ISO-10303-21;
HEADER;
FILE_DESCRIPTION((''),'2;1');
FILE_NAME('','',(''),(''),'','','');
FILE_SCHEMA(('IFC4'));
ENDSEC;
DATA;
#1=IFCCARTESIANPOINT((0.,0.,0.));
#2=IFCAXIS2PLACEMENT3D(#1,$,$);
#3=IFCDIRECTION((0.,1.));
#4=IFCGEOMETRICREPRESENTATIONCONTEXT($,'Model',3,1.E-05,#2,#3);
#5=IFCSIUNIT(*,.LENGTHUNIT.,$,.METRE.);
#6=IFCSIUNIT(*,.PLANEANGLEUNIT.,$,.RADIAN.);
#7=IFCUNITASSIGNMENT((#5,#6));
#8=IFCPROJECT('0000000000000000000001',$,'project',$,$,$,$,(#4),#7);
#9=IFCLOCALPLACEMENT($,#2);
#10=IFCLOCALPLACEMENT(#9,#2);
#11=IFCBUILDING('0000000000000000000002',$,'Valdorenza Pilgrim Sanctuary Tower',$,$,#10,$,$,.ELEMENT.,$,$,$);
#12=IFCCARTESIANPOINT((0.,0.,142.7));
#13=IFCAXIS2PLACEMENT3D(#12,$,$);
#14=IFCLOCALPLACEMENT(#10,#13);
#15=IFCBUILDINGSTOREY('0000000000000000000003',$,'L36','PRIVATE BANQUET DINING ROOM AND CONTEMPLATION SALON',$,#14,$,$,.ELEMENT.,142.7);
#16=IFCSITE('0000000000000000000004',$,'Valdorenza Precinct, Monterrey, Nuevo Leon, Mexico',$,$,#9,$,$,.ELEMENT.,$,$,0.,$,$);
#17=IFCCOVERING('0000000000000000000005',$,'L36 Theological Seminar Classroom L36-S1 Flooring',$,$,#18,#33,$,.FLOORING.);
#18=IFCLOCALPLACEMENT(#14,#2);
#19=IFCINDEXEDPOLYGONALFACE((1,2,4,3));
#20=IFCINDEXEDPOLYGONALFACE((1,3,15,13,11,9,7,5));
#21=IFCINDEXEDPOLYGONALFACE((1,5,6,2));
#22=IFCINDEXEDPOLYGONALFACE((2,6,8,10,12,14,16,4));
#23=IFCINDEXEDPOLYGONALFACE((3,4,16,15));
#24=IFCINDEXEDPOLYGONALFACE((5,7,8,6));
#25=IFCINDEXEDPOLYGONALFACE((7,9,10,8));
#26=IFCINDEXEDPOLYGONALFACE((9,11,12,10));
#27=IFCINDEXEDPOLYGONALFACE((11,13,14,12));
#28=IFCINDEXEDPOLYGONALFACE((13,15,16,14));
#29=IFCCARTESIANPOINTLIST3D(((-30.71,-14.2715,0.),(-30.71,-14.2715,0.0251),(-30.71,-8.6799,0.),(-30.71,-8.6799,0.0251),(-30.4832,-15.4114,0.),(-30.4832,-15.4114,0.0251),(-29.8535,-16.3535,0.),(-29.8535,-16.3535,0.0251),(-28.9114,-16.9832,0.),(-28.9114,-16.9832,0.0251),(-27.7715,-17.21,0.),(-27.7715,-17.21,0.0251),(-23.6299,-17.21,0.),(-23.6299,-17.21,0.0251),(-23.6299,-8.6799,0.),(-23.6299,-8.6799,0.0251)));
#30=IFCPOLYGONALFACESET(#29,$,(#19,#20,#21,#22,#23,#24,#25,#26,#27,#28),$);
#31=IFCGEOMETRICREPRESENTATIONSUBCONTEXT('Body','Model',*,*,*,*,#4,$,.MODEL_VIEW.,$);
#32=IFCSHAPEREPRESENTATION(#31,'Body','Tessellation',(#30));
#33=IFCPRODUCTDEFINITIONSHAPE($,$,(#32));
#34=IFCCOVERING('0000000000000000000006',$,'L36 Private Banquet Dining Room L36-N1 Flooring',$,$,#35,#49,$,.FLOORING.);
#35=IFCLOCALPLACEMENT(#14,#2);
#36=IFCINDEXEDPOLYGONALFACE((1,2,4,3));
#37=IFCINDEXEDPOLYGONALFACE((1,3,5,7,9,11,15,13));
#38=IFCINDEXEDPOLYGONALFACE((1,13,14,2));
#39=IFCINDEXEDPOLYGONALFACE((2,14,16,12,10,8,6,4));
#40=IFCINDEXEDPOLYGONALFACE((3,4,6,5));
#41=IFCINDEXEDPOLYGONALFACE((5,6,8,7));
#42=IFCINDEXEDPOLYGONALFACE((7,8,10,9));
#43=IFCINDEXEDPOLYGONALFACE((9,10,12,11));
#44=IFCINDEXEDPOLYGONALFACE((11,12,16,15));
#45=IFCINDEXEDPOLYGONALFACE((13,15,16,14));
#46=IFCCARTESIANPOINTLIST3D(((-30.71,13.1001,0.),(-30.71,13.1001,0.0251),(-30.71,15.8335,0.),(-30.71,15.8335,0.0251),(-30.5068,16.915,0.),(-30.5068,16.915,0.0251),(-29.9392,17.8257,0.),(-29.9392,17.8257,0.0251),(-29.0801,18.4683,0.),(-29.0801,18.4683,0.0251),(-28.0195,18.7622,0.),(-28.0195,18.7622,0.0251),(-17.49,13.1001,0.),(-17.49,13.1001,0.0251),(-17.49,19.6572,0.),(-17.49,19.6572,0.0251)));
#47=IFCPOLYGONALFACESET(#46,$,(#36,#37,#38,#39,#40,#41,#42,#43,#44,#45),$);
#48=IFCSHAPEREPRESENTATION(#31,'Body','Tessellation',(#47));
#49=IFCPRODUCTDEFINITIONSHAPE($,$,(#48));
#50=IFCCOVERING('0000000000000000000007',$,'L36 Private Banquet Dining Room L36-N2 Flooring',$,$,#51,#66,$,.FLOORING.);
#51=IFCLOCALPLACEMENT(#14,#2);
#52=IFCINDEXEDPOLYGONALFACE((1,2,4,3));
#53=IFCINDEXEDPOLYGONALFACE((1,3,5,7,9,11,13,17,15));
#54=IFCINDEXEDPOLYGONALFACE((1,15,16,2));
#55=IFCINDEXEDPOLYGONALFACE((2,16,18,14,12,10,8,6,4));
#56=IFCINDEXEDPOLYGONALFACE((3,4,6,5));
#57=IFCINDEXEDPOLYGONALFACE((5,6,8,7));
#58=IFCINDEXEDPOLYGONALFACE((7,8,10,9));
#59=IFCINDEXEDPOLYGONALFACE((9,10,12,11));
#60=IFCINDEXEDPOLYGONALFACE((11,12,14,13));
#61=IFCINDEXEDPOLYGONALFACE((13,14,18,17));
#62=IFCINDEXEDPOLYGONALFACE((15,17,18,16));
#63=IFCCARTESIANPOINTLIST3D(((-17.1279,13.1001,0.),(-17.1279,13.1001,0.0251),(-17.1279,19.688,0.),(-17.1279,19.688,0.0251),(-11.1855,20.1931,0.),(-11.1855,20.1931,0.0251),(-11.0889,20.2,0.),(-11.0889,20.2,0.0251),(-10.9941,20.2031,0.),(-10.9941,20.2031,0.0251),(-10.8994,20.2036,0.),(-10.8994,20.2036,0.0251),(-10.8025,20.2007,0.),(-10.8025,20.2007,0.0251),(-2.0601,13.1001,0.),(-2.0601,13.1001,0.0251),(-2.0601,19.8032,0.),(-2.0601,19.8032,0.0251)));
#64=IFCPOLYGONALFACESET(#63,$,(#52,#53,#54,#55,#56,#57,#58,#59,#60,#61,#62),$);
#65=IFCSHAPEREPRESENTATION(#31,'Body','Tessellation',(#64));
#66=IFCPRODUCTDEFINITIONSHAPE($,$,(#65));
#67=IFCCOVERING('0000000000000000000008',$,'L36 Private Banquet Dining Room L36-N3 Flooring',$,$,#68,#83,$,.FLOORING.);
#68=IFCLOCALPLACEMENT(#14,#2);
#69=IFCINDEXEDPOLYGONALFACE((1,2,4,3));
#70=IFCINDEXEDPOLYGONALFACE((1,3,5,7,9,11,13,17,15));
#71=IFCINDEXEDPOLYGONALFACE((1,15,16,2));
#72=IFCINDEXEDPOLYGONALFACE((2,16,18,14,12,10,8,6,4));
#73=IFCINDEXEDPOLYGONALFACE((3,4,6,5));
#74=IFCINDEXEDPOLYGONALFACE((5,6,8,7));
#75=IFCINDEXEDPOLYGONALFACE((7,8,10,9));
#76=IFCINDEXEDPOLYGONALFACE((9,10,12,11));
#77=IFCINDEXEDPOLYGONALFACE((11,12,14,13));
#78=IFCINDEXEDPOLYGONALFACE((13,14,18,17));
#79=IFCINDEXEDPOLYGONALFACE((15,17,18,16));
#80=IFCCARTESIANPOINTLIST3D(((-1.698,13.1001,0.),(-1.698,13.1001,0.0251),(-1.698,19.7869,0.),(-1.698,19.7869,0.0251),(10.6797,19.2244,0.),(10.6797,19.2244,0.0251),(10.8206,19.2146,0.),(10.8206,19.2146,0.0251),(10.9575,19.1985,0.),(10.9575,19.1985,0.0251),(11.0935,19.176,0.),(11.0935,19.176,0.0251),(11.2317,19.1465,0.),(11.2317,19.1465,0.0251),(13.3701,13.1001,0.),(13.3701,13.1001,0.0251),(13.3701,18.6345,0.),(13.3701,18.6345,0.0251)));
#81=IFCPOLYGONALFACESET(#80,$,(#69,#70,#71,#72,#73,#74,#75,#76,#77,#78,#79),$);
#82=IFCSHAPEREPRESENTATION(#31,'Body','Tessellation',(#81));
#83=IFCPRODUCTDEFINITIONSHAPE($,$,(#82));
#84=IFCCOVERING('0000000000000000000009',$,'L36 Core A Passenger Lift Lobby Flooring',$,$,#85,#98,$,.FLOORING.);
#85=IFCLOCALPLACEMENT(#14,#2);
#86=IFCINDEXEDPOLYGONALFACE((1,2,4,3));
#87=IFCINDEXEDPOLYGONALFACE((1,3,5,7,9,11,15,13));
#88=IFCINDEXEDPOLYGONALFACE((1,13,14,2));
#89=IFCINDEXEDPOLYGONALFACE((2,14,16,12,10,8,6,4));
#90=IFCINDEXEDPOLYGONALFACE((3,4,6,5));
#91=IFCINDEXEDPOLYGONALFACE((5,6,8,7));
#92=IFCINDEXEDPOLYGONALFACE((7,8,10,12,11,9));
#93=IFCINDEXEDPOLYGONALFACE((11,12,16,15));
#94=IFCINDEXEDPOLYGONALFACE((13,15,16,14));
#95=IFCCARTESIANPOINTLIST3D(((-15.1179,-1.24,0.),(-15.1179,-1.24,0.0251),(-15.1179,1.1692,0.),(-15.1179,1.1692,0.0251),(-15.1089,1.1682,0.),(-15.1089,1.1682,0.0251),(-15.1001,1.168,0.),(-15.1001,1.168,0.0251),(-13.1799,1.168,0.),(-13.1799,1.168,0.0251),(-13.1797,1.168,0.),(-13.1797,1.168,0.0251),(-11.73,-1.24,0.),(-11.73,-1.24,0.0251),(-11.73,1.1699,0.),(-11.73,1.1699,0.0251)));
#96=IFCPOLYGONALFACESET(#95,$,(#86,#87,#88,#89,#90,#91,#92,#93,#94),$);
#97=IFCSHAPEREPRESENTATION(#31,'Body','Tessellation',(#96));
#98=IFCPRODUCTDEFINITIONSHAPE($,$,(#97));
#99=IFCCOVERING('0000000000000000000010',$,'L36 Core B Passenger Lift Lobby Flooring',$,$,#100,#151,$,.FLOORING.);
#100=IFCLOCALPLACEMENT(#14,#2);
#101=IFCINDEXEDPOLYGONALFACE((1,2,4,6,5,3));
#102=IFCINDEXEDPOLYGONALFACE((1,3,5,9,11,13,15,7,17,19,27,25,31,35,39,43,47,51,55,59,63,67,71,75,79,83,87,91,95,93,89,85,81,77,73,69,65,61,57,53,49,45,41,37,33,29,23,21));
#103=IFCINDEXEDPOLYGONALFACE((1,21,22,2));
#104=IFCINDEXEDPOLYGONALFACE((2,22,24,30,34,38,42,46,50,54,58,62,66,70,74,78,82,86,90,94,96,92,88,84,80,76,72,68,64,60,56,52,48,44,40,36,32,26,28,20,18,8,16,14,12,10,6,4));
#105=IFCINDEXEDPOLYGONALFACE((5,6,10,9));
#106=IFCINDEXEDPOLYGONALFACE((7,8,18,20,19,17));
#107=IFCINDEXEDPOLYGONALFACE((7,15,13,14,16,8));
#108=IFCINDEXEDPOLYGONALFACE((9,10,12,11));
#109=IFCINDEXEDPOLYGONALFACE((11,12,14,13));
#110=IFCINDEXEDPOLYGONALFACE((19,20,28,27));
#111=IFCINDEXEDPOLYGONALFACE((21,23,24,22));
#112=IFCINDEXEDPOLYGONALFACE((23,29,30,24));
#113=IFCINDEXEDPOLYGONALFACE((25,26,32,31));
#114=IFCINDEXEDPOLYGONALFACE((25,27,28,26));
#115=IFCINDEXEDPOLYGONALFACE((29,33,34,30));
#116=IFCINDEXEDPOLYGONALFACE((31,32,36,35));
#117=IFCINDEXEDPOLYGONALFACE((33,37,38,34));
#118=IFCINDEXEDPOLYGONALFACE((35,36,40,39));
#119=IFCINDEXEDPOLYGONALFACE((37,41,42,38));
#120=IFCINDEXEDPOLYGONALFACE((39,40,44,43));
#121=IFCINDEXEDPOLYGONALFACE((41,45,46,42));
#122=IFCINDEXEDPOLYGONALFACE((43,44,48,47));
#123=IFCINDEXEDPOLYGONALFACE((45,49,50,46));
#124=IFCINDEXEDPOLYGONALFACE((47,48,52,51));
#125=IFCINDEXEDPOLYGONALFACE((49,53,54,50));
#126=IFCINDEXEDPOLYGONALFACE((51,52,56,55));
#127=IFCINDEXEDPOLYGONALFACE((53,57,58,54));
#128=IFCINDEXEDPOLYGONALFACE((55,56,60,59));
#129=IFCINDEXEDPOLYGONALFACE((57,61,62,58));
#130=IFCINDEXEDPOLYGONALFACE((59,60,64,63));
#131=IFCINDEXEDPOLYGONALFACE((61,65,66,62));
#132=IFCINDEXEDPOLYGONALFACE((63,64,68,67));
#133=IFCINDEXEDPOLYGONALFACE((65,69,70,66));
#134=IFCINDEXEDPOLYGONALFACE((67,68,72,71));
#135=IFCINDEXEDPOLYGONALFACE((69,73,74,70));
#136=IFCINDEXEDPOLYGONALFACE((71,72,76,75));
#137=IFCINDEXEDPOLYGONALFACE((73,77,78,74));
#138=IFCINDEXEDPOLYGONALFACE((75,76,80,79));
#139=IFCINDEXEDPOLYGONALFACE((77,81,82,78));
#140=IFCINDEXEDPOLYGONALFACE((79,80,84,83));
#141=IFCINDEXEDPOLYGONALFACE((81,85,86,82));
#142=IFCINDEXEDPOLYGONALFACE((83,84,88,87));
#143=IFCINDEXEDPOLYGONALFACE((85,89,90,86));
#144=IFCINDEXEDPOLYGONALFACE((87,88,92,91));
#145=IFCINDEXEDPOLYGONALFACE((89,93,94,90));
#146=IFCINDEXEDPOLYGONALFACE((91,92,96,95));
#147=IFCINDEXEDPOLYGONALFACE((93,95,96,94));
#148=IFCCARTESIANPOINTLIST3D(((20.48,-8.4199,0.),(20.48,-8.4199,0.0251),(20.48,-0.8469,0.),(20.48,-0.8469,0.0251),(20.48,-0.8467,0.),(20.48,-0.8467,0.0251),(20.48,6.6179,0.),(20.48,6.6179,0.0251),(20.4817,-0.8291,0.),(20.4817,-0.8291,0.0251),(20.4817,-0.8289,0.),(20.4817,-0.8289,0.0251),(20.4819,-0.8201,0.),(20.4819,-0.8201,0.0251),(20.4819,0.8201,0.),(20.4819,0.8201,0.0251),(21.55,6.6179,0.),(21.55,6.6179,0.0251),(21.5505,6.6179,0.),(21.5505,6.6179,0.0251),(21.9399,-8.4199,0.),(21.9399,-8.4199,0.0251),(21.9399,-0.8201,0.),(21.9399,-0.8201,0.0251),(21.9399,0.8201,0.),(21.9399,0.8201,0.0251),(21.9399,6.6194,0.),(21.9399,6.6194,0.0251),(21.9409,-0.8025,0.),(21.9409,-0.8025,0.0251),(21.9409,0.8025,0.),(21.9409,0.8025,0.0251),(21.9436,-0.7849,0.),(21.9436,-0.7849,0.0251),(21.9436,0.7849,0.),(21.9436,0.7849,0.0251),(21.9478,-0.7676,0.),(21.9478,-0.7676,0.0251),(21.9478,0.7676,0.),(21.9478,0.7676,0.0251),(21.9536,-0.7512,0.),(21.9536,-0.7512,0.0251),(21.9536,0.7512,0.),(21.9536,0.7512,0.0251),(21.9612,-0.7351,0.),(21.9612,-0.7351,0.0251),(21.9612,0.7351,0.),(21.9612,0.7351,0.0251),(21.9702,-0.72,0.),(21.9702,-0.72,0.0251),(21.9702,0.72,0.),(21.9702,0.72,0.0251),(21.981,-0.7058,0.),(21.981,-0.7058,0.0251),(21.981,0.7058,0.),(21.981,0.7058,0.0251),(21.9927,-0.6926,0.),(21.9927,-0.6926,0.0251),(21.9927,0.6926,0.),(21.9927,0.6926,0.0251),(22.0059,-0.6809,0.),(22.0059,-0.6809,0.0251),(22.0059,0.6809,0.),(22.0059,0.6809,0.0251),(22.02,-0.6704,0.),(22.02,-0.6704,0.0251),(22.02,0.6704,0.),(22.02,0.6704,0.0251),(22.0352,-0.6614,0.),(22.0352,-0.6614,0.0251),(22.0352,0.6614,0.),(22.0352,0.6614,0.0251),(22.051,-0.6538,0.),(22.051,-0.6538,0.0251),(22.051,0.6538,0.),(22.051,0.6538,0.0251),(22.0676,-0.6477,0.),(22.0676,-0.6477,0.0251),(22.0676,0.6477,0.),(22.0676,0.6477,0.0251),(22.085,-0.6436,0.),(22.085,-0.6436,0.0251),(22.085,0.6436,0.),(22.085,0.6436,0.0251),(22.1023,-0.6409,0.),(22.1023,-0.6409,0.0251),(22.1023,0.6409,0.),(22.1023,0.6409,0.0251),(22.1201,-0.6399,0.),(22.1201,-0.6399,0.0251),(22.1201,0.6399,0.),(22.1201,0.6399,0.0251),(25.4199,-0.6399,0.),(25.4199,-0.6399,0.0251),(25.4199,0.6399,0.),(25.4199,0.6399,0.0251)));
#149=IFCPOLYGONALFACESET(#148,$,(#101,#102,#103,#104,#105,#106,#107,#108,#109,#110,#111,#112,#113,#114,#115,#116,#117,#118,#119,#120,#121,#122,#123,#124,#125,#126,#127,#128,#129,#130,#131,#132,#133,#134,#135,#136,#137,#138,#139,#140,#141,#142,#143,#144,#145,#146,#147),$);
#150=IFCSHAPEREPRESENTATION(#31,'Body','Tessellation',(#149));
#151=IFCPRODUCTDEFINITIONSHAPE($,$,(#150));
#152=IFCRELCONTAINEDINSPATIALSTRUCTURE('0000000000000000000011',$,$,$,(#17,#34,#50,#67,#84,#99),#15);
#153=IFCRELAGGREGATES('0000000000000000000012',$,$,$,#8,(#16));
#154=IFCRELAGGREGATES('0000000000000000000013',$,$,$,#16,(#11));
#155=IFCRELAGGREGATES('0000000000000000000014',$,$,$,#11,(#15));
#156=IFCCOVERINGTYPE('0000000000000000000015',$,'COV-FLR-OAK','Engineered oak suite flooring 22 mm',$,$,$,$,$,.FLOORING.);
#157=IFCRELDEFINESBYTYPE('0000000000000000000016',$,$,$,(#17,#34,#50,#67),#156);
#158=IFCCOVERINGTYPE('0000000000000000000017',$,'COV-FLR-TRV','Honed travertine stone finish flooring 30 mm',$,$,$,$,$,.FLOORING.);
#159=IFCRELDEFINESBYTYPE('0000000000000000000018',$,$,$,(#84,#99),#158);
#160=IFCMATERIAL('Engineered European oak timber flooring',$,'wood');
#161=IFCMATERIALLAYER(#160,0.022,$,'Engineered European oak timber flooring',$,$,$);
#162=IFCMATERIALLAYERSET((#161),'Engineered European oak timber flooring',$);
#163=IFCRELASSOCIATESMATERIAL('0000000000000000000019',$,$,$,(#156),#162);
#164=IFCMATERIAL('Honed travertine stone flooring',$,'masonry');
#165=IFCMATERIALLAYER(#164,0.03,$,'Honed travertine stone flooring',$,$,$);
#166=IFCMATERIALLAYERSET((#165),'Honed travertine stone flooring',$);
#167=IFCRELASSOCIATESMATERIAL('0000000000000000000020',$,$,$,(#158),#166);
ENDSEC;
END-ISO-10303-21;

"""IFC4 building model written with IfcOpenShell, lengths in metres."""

from ifc_helpers import new_model, si_unit, direction, frame, origin, place, context, subcontext, project, spatial, polyline, outline, extrude, material, layer, layer_set, type_object, element, save


model = new_model("IFC4")

# Units and contexts
model_context = context("Model", 3, precision=1e-05, world=origin(), true_north=direction((0.0, 1.0)))
body_context = subcontext(model_context, "Body", "Model", "MODEL_VIEW")
ifc_project = project(units=[si_unit("LENGTHUNIT", "METRE"), si_unit("PLANEANGLEUNIT", "RADIAN")], contexts=[model_context])

# Site, building, storey
site_placement = place(None, origin())
site = spatial("IfcSite", under=ifc_project, at=site_placement, Name="Valdorenza Precinct, Monterrey, Nuevo Leon, Mexico", CompositionType="ELEMENT", RefElevation=0.0)
building_placement = place(site_placement, origin())
building = spatial("IfcBuilding", under=site, at=building_placement, Name="Valdorenza Pilgrim Sanctuary Tower", CompositionType="ELEMENT")
storey_placement = place(building_placement, frame((0.0, 0.0, 142.7)))
storey = spatial("IfcBuildingStorey", under=building, at=storey_placement, Name="L36", Description="PRIVATE BANQUET DINING ROOM AND CONTEMPLATION SALON", CompositionType="ELEMENT", Elevation=142.7)

# Coverings
ifc_material_1 = material(Name="Engineered European oak timber flooring", Category="wood")
ifc_layer_1 = layer(ifc_material_1, 0.022, Name="Engineered European oak timber flooring")
ifc_layer_set_1 = layer_set([ifc_layer_1], Name="Engineered European oak timber flooring")
covering_type_1 = type_object("IfcCoveringType", Name="COV-FLR-OAK", Description="Engineered oak suite flooring 22 mm", PredefinedType="FLOORING", material=ifc_layer_set_1)
covering_1_placement = place(storey_placement, origin())
element("IfcCovering", 1, at=covering_1_placement, inside=storey, type_object=covering_type_1, Name="L36 Theological Seminar Classroom L36-S1 Flooring", PredefinedType="FLOORING", context=body_context, shape_type="SweptSolid", body=[
    extrude(outline(polyline([(-23.6299, -17.21), (-27.7715, -17.21), (-28.9114, -16.9832), (-29.8535, -16.3535), (-30.4832, -15.4114), (-30.71, -14.2715), (-30.71, -8.6799), (-23.6299, -8.6799), (-23.6299, -17.21)])), origin(), (0.0, 0.0, 1.0), 0.0251),
])
covering_2_placement = place(storey_placement, origin())
element("IfcCovering", 2, at=covering_2_placement, inside=storey, type_object=covering_type_1, Name="L36 Private Banquet Dining Room L36-N1 Flooring", PredefinedType="FLOORING", context=body_context, shape_type="SweptSolid", body=[
    extrude(outline(polyline([(-30.71, 13.1001), (-30.71, 15.8335), (-30.5068, 16.915), (-29.9392, 17.8257), (-29.0801, 18.4683), (-28.0195, 18.7622), (-17.49, 19.6572), (-17.49, 13.1001), (-30.71, 13.1001)])), origin(), (0.0, 0.0, 1.0), 0.0251),
])
covering_3_placement = place(storey_placement, origin())
element("IfcCovering", 3, at=covering_3_placement, inside=storey, type_object=covering_type_1, Name="L36 Private Banquet Dining Room L36-N2 Flooring", PredefinedType="FLOORING", context=body_context, shape_type="SweptSolid", body=[
    extrude(outline(polyline([(-17.1279, 13.1001), (-17.1279, 19.688), (-11.1855, 20.1931), (-11.0889, 20.2), (-10.9941, 20.2031), (-10.8994, 20.2036), (-10.8025, 20.2007), (-2.0601, 19.8032), (-2.0601, 13.1001), (-17.1279, 13.1001)])), origin(), (0.0, 0.0, 1.0), 0.0251),
])
covering_4_placement = place(storey_placement, origin())
element("IfcCovering", 4, at=covering_4_placement, inside=storey, type_object=covering_type_1, Name="L36 Private Banquet Dining Room L36-N3 Flooring", PredefinedType="FLOORING", context=body_context, shape_type="SweptSolid", body=[
    extrude(outline(polyline([(-1.698, 13.1001), (-1.698, 19.7869), (10.6797, 19.2244), (10.8206, 19.2146), (10.9575, 19.1985), (11.0935, 19.176), (11.2317, 19.1465), (13.3701, 18.6345), (13.3701, 13.1001), (-1.698, 13.1001)])), origin(), (0.0, 0.0, 1.0), 0.0251),
])
ifc_material_2 = material(Name="Honed travertine stone flooring", Category="masonry")
ifc_layer_2 = layer(ifc_material_2, 0.03, Name="Honed travertine stone flooring")
ifc_layer_set_2 = layer_set([ifc_layer_2], Name="Honed travertine stone flooring")
covering_type_2 = type_object("IfcCoveringType", Name="COV-FLR-TRV", Description="Honed travertine stone finish flooring 30 mm", PredefinedType="FLOORING", material=ifc_layer_set_2)
covering_5_placement = place(storey_placement, origin())
element("IfcCovering", 5, at=covering_5_placement, inside=storey, type_object=covering_type_2, Name="L36 Core A Passenger Lift Lobby Flooring", PredefinedType="FLOORING", context=body_context, shape_type="SweptSolid", body=[
    extrude(outline(polyline([(-15.1179, 1.1692), (-15.1089, 1.1682), (-15.1089, 1.1682), (-15.1001, 1.168), (-13.1799, 1.168), (-13.1797, 1.168), (-11.73, 1.1699), (-11.73, -1.24), (-15.1179, -1.24), (-15.1179, 1.1692)])), origin(), (0.0, 0.0, 1.0), 0.0251),
])
covering_6_placement = place(storey_placement, origin())
element("IfcCovering", 6, at=covering_6_placement, inside=storey, type_object=covering_type_2, Name="L36 Core B Passenger Lift Lobby Flooring", PredefinedType="FLOORING", context=body_context, shape_type="SweptSolid", body=[
    extrude(outline(polyline([(20.48, 6.6179), (21.55, 6.6179), (21.5505, 6.6179), (21.9399, 6.6194), (21.9399, 0.8201), (21.9409, 0.8025), (21.9436, 0.7849), (21.9478, 0.7676), (21.9536, 0.7512), (21.9612, 0.7351), (21.9702, 0.72), (21.981, 0.7058), (21.9927, 0.6926), (22.0059, 0.6809), (22.02, 0.6704), (22.0352, 0.6614), (22.051, 0.6538), (22.0676, 0.6477), (22.085, 0.6436), (22.1023, 0.6409), (22.1201, 0.6399), (25.4199, 0.6399), (25.4199, -0.6399), (22.1201, -0.6399), (22.1023, -0.6409), (22.085, -0.6436), (22.0676, -0.6477), (22.051, -0.6538), (22.0352, -0.6614), (22.02, -0.6704), (22.0059, -0.6809), (21.9927, -0.6926), (21.981, -0.7058), (21.9702, -0.72), (21.9612, -0.7351), (21.9536, -0.7512), (21.9478, -0.7676), (21.9436, -0.7849), (21.9409, -0.8025), (21.9399, -0.8201), (21.9399, -8.4199), (20.48, -8.4199), (20.48, -0.8469), (20.48, -0.8467), (20.48, -0.8467), (20.4817, -0.8291), (20.4817, -0.8289), (20.4819, -0.8201), (20.4819, 0.8201), (20.48, 6.6179)])), origin(), (0.0, 0.0, 1.0), 0.0251),
])

save(model, "model.ifc")
